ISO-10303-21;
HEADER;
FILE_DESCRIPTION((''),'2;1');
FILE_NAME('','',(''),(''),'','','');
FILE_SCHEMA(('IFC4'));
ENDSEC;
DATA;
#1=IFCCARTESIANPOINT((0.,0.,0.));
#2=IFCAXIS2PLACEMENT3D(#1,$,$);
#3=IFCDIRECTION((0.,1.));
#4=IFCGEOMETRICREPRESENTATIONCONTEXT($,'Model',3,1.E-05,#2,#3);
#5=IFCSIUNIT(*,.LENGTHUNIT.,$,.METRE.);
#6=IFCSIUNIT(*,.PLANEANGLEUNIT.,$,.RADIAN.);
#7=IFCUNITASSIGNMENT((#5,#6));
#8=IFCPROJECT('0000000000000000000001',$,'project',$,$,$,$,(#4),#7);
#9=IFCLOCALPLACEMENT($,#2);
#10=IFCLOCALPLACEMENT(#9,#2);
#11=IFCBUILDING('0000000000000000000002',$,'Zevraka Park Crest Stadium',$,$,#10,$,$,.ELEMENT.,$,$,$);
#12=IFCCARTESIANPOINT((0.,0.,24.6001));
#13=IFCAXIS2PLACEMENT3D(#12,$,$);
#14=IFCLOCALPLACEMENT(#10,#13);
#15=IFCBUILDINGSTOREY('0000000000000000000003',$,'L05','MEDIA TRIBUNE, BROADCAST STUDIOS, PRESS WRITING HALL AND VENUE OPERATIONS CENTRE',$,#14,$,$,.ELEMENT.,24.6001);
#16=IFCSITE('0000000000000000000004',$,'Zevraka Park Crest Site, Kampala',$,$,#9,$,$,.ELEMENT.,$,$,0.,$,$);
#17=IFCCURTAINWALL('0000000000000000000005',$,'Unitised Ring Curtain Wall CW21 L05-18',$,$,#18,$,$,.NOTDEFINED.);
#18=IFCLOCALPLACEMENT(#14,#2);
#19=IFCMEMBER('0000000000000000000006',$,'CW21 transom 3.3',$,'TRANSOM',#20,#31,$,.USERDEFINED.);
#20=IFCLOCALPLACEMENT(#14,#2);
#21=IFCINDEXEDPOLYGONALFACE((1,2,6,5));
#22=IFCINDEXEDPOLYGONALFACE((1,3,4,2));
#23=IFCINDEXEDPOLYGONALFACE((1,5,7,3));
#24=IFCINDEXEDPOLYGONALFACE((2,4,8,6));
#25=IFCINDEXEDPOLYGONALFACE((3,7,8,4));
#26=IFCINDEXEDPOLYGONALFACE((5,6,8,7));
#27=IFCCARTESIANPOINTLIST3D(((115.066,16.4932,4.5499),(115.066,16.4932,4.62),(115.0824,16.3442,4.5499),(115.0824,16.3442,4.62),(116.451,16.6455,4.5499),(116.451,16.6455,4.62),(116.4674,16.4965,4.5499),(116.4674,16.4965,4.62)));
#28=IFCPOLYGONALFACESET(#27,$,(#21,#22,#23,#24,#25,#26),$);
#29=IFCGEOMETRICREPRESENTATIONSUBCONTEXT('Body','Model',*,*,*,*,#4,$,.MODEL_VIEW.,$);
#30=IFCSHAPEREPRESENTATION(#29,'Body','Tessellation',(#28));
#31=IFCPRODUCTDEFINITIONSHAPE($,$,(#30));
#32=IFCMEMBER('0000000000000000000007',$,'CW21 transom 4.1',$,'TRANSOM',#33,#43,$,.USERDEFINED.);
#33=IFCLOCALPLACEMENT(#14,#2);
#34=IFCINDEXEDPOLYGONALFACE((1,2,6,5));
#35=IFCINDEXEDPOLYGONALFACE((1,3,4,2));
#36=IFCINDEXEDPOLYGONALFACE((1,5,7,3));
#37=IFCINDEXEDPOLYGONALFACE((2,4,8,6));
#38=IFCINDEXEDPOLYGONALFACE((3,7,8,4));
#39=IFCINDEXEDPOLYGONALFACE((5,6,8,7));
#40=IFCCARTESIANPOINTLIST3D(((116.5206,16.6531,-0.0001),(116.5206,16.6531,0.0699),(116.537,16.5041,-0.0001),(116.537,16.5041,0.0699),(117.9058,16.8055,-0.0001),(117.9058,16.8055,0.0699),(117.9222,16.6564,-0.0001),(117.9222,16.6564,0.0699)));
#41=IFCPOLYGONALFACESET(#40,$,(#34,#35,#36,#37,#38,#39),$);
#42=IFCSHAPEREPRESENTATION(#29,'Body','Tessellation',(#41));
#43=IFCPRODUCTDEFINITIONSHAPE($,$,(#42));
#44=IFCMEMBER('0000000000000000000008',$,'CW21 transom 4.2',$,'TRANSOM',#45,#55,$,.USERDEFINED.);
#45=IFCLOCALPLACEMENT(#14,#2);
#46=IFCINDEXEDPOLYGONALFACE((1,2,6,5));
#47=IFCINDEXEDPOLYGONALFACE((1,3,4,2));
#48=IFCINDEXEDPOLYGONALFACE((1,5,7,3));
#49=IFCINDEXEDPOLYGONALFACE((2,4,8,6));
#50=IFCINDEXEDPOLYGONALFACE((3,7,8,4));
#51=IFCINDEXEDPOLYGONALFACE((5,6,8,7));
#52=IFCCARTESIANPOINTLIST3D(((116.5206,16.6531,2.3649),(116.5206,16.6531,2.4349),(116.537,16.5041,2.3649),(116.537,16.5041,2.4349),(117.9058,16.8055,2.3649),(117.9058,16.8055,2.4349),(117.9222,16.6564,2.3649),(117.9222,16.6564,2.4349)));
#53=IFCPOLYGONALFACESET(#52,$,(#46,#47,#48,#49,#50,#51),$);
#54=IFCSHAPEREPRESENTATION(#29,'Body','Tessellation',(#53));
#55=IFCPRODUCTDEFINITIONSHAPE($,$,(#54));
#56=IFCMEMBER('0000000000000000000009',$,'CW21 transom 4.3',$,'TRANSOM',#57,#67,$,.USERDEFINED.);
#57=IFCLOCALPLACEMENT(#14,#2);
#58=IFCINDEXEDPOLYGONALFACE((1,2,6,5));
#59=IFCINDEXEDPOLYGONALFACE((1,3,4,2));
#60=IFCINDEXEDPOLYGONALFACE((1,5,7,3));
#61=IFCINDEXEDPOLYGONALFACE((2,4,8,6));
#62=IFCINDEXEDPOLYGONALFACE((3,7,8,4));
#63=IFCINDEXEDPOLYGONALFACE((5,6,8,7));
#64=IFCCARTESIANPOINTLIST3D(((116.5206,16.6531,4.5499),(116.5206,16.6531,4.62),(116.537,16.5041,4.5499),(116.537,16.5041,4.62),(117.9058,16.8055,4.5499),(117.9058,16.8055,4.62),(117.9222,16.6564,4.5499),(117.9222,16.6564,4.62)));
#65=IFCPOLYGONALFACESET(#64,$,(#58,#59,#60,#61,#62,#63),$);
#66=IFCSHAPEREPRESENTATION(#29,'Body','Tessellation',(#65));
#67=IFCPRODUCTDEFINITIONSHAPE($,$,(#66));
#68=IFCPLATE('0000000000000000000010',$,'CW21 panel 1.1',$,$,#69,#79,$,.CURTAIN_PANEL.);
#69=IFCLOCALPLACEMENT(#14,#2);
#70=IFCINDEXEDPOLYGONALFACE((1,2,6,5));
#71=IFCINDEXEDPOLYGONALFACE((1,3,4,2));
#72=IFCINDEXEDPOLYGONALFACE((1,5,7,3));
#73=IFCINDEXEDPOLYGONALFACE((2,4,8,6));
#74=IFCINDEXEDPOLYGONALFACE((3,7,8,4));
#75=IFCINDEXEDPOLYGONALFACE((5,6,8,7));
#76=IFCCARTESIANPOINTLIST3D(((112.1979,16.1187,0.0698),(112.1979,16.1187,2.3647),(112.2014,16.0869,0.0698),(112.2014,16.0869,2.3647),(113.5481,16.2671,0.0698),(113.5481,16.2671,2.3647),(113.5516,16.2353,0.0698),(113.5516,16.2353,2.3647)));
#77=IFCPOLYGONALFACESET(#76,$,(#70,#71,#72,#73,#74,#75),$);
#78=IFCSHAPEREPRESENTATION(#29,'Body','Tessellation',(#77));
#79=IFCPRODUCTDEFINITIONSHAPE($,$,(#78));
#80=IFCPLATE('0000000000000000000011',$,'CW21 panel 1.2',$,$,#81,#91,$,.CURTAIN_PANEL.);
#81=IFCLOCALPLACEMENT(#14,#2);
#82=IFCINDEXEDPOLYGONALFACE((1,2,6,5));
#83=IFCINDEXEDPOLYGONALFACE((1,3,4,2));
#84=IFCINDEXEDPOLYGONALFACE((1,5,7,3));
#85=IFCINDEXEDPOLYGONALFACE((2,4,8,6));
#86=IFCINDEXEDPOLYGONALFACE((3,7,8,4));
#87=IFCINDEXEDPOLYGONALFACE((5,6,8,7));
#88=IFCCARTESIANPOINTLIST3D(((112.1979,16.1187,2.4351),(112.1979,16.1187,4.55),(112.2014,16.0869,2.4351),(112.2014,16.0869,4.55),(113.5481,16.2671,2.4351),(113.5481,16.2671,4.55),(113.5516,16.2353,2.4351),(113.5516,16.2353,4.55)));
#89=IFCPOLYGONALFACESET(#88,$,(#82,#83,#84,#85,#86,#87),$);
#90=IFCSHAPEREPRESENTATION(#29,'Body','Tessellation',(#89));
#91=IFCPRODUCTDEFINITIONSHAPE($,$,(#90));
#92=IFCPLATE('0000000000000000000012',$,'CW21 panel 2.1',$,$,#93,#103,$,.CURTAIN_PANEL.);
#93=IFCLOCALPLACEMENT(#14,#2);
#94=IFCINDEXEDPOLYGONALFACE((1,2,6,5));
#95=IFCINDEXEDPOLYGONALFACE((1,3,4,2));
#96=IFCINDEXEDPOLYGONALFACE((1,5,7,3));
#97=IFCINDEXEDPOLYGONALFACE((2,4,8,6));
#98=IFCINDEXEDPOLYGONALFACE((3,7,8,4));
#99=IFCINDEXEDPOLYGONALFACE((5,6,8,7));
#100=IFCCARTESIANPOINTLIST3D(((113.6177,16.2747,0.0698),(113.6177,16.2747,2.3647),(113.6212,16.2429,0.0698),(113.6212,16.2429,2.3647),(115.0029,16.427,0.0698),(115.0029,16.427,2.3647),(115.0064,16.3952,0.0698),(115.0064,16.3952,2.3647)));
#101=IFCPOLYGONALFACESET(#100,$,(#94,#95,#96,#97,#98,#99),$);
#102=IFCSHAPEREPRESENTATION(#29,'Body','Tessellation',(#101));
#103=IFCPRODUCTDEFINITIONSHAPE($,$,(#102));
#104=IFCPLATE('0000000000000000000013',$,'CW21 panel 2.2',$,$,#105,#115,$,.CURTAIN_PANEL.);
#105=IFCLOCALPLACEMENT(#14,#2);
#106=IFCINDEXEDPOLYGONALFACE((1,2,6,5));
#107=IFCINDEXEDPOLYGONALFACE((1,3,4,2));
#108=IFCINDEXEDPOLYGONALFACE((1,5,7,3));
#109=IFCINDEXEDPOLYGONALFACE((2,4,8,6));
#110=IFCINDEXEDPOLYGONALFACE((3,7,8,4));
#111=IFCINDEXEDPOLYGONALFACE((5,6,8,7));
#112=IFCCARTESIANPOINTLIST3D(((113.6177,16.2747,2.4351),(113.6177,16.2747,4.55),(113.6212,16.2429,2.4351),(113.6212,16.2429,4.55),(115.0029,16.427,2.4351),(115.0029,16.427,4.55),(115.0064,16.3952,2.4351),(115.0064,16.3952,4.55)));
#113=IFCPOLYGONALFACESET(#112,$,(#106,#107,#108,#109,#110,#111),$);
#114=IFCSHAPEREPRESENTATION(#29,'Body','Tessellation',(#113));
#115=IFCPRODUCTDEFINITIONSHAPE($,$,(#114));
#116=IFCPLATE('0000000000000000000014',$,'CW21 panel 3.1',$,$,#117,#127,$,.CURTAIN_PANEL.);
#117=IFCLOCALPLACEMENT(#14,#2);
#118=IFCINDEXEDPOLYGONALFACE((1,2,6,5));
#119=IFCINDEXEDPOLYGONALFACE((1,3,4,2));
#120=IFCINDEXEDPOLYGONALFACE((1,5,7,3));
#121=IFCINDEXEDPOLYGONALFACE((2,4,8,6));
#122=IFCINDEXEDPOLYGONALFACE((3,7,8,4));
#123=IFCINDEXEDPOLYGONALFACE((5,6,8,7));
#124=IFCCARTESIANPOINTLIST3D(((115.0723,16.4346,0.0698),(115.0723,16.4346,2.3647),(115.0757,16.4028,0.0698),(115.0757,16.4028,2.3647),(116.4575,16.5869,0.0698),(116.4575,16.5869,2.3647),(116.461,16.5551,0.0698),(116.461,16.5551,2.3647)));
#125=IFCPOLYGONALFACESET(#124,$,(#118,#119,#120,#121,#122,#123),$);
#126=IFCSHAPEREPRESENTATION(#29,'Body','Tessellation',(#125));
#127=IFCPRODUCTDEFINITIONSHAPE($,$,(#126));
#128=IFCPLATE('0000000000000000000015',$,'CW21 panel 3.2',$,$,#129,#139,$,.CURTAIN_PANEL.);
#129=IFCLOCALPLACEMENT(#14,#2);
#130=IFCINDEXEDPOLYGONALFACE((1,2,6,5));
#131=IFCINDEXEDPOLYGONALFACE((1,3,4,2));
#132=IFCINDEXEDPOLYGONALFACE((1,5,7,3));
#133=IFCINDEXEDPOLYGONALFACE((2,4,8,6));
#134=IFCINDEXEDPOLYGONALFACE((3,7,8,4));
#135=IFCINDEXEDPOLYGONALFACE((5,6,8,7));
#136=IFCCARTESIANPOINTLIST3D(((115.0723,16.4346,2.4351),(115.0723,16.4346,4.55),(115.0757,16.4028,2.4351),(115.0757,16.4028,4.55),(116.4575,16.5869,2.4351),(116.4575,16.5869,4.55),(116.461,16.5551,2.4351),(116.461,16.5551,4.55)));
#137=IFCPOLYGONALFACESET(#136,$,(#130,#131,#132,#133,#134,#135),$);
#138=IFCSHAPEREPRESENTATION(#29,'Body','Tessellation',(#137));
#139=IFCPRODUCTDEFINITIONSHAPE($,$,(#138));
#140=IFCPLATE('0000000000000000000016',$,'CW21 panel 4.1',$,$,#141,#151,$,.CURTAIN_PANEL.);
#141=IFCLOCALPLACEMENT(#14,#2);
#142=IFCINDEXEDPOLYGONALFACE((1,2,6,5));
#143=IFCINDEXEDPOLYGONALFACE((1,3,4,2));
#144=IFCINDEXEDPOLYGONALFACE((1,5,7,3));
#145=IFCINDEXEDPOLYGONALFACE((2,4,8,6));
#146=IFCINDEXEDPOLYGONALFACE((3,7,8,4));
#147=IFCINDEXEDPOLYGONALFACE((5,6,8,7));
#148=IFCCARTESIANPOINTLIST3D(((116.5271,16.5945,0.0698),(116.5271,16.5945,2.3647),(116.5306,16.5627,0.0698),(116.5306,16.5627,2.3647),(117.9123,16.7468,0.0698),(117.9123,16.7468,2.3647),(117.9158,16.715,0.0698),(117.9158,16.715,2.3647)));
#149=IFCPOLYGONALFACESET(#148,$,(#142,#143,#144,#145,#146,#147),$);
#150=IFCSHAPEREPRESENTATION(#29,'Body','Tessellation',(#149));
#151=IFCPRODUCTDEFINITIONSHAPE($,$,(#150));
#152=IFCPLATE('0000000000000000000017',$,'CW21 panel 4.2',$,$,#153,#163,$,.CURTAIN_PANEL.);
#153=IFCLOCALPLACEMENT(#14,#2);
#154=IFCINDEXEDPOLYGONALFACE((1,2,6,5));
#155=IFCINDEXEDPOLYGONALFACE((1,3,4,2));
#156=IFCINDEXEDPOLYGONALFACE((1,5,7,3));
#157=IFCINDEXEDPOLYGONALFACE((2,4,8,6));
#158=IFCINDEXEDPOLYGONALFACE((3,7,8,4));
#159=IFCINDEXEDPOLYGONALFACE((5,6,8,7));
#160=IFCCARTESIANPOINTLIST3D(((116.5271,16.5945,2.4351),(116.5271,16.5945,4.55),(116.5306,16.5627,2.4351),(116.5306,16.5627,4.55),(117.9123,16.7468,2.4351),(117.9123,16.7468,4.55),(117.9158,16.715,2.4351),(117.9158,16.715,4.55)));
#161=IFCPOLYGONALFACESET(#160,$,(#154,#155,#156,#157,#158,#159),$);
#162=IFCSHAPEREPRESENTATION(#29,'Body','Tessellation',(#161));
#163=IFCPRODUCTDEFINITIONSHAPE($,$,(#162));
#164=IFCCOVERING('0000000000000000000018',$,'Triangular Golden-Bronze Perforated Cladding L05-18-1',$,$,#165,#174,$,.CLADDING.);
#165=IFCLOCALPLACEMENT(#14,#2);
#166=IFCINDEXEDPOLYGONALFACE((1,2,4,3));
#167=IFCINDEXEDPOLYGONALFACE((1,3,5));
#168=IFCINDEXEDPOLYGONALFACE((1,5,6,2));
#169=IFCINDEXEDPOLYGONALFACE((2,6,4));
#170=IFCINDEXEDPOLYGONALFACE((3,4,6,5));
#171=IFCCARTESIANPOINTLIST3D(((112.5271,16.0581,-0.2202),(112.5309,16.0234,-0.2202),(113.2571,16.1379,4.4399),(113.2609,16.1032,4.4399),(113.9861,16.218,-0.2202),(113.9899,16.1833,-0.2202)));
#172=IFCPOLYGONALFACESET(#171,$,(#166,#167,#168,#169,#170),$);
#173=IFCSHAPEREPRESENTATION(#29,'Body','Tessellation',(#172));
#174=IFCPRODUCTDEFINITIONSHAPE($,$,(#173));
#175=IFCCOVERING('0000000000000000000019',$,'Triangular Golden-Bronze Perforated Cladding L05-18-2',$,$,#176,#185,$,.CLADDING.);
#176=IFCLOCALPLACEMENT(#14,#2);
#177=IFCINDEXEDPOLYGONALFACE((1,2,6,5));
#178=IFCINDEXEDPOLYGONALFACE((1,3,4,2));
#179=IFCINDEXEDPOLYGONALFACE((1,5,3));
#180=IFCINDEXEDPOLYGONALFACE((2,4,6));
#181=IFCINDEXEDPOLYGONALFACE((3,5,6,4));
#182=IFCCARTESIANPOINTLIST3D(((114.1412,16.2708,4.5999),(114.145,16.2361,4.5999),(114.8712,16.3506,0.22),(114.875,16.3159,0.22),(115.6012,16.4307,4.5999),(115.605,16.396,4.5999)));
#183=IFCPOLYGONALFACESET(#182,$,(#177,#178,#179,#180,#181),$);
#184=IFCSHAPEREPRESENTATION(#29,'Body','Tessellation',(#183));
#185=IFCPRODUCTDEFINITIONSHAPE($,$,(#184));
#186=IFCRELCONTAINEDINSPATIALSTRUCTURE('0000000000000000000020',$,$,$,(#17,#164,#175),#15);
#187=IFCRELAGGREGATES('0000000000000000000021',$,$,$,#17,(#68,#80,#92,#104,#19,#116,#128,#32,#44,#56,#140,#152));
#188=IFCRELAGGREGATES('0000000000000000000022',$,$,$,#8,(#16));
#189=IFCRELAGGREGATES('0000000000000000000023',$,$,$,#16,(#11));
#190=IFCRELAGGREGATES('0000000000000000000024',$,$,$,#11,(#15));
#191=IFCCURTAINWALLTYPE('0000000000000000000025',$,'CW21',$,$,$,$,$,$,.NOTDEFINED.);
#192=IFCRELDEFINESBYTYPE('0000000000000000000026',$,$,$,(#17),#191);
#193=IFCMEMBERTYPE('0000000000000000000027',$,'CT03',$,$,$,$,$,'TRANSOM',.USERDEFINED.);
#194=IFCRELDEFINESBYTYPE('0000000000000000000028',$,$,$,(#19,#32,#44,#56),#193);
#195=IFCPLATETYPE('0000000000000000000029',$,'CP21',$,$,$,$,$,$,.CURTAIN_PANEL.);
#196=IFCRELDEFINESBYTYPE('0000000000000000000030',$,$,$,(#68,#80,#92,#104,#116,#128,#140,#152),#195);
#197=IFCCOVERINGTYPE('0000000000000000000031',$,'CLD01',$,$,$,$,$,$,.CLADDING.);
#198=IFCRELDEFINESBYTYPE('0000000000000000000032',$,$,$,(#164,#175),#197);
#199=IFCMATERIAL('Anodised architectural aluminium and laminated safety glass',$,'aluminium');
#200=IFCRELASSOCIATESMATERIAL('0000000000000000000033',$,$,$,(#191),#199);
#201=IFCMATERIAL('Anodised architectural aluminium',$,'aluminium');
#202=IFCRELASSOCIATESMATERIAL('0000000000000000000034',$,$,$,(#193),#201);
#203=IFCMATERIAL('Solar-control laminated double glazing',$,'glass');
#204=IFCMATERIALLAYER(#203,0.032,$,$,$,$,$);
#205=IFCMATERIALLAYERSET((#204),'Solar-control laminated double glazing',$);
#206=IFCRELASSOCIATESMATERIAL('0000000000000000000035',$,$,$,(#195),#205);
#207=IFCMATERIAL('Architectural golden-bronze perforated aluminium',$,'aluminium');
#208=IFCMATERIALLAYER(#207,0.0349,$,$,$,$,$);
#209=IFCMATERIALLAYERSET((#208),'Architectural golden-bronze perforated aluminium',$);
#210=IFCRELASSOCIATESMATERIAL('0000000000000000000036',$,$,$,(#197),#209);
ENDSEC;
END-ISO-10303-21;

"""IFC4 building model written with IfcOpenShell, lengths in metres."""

from ifc_helpers import new_model, si_unit, direction, frame, origin, origin_2d, place, context, subcontext, project, spatial, polyline, rectangle, outline, extrude, material, layer, layer_set, material_profile, profile_set, type_object, element, aggregate, save


model = new_model("IFC4")

# Units and contexts
model_context = context("Model", 3, precision=1e-05, world=origin(), true_north=direction((0.0, 1.0)))
body_context = subcontext(model_context, "Body", "Model", "MODEL_VIEW")
ifc_project = project(units=[si_unit("LENGTHUNIT", "METRE"), si_unit("PLANEANGLEUNIT", "RADIAN")], contexts=[model_context])

# Site, building, storey
site_placement = place(None, origin())
site = spatial("IfcSite", under=ifc_project, at=site_placement, Name="Zevraka Park Crest Site, Kampala", CompositionType="ELEMENT", RefElevation=0.0)
building_placement = place(site_placement, origin())
building = spatial("IfcBuilding", under=site, at=building_placement, Name="Zevraka Park Crest Stadium", CompositionType="ELEMENT")
storey_placement = place(building_placement, frame((0.0, 0.0, 24.6001)))
storey = spatial("IfcBuildingStorey", under=building, at=storey_placement, Name="L05", Description="MEDIA TRIBUNE, BROADCAST STUDIOS, PRESS WRITING HALL AND VENUE OPERATIONS CENTRE", CompositionType="ELEMENT", Elevation=24.6001)

# Shared definitions
ifc_material_1 = material(Name="Anodised architectural aluminium and laminated safety glass", Category="aluminium")
curtain_wall_type = type_object("IfcCurtainWallType", Name="CW21", PredefinedType="NOTDEFINED", material=ifc_material_1)

# Curtain wall, members, plates
curtain_wall_1_placement = place(storey_placement, origin())
curtain_wall_1 = element("IfcCurtainWall", 1, at=curtain_wall_1_placement, inside=storey, type_object=curtain_wall_type, Name="Unitised Ring Curtain Wall CW21 L05-18", PredefinedType="NOTDEFINED")
ifc_material_2 = material(Name="Anodised architectural aluminium", Category="aluminium")
ifc_material_profile_1 = material_profile(ifc_material_2, rectangle(XDim=0.1499, YDim=0.0701, at=origin_2d()), Name="ALU TRANSOM 150x70")
ifc_profile_set_1 = profile_set([ifc_material_profile_1], Name="Anodised architectural aluminium")
member_type_1 = type_object("IfcMemberType", Name="CT03", ElementType="TRANSOM", PredefinedType="USERDEFINED", material=ifc_profile_set_1)
member_1_placement = place(storey_placement, frame((115.0742, 16.4187, 4.585), z_axis=(0.994005, 0.109335, 0.0), x_axis=(-0.109335, 0.994005, 0.0)))
member_1 = element("IfcMember", 2, at=member_1_placement, type_object=member_type_1, Name="CW21 transom 3.3", ObjectType="TRANSOM", PredefinedType="USERDEFINED", context=body_context, shape_type="SweptSolid", body=[
    extrude(rectangle(XDim=0.1499, YDim=0.0701, at=origin_2d()), origin(), (0.0, 0.0, 1.0), 1.3933),
])
member_2_placement = place(storey_placement, frame((116.5288, 16.5786, 0.0349), z_axis=(0.994007, 0.109316, 0.0), x_axis=(-0.109316, 0.994007, 0.0)))
member_2 = element("IfcMember", 3, at=member_2_placement, type_object=member_type_1, Name="CW21 transom 4.1", ObjectType="TRANSOM", PredefinedType="USERDEFINED", context=body_context, shape_type="SweptSolid", body=[
    extrude(rectangle(XDim=0.1499, YDim=0.0701, at=origin_2d()), origin(), (0.0, 0.0, 1.0), 1.3936),
])
member_3_placement = place(storey_placement, frame((116.5288, 16.5786, 2.3999), z_axis=(0.994007, 0.109316, 0.0), x_axis=(-0.109316, 0.994007, 0.0)))
member_3 = element("IfcMember", 4, at=member_3_placement, type_object=member_type_1, Name="CW21 transom 4.2", ObjectType="TRANSOM", PredefinedType="USERDEFINED", context=body_context, shape_type="SweptSolid", body=[
    extrude(rectangle(XDim=0.1499, YDim=0.0701, at=origin_2d()), origin(), (0.0, 0.0, 1.0), 1.3936),
])
member_4_placement = place(storey_placement, frame((116.5288, 16.5786, 4.585), z_axis=(0.994007, 0.109316, 0.0), x_axis=(-0.109316, 0.994007, 0.0)))
member_4 = element("IfcMember", 5, at=member_4_placement, type_object=member_type_1, Name="CW21 transom 4.3", ObjectType="TRANSOM", PredefinedType="USERDEFINED", context=body_context, shape_type="SweptSolid", body=[
    extrude(rectangle(XDim=0.1499, YDim=0.0701, at=origin_2d()), origin(), (0.0, 0.0, 1.0), 1.3936),
])
ifc_material_3 = material(Name="Solar-control laminated double glazing", Category="glass")
ifc_layer_1 = layer(ifc_material_3, 0.032)
ifc_layer_set_1 = layer_set([ifc_layer_1], Name="Solar-control laminated double glazing")
plate_type = type_object("IfcPlateType", Name="CP21", PredefinedType="CURTAIN_PANEL", material=ifc_layer_set_1)
plate_1_placement = place(storey_placement, frame((112.8748, 16.177, 0.0698), z_axis=(0.0, 0.0, 1.0), x_axis=(0.99401, 0.109288, 0.0)))
plate_1 = element("IfcPlate", 6, at=plate_1_placement, type_object=plate_type, Name="CW21 panel 1.1", PredefinedType="CURTAIN_PANEL", context=body_context, shape_type="SweptSolid", body=[
    extrude(rectangle(XDim=1.3584, YDim=0.032, at=origin_2d()), origin(), (0.0, 0.0, 1.0), 2.2949),
])
plate_2_placement = place(storey_placement, frame((112.8748, 16.177, 2.4351), z_axis=(0.0, 0.0, 1.0), x_axis=(0.99401, 0.109288, 0.0)))
plate_2 = element("IfcPlate", 7, at=plate_2_placement, type_object=plate_type, Name="CW21 panel 1.2", PredefinedType="CURTAIN_PANEL", context=body_context, shape_type="SweptSolid", body=[
    extrude(rectangle(XDim=1.3584, YDim=0.032, at=origin_2d()), origin(), (0.0, 0.0, 1.0), 2.115),
])
plate_3_placement = place(storey_placement, frame((114.312, 16.335, 0.0698), z_axis=(0.0, 0.0, 1.0), x_axis=(0.99401, 0.109288, 0.0)))
plate_3 = element("IfcPlate", 8, at=plate_3_placement, type_object=plate_type, Name="CW21 panel 2.1", PredefinedType="CURTAIN_PANEL", context=body_context, shape_type="SweptSolid", body=[
    extrude(rectangle(XDim=1.3936, YDim=0.032, at=origin_2d()), origin(), (0.0, 0.0, 1.0), 2.2949),
])
plate_4_placement = place(storey_placement, frame((114.312, 16.335, 2.4351), z_axis=(0.0, 0.0, 1.0), x_axis=(0.99401, 0.109288, 0.0)))
plate_4 = element("IfcPlate", 9, at=plate_4_placement, type_object=plate_type, Name="CW21 panel 2.2", PredefinedType="CURTAIN_PANEL", context=body_context, shape_type="SweptSolid", body=[
    extrude(rectangle(XDim=1.3936, YDim=0.032, at=origin_2d()), origin(), (0.0, 0.0, 1.0), 2.115),
])
plate_5_placement = place(storey_placement, frame((115.7666, 16.4949, 0.0698), z_axis=(0.0, 0.0, 1.0), x_axis=(0.99401, 0.109288, 0.0)))
plate_5 = element("IfcPlate", 10, at=plate_5_placement, type_object=plate_type, Name="CW21 panel 3.1", PredefinedType="CURTAIN_PANEL", context=body_context, shape_type="SweptSolid", body=[
    extrude(rectangle(XDim=1.3936, YDim=0.032, at=origin_2d()), origin(), (0.0, 0.0, 1.0), 2.2949),
])
plate_6_placement = place(storey_placement, frame((115.7666, 16.4949, 2.4351), z_axis=(0.0, 0.0, 1.0), x_axis=(0.99401, 0.109288, 0.0)))
plate_6 = element("IfcPlate", 11, at=plate_6_placement, type_object=plate_type, Name="CW21 panel 3.2", PredefinedType="CURTAIN_PANEL", context=body_context, shape_type="SweptSolid", body=[
    extrude(rectangle(XDim=1.3936, YDim=0.032, at=origin_2d()), origin(), (0.0, 0.0, 1.0), 2.115),
])
plate_7_placement = place(storey_placement, frame((117.2214, 16.6548, 0.0698), z_axis=(0.0, 0.0, 1.0), x_axis=(0.99401, 0.109288, 0.0)))
plate_7 = element("IfcPlate", 12, at=plate_7_placement, type_object=plate_type, Name="CW21 panel 4.1", PredefinedType="CURTAIN_PANEL", context=body_context, shape_type="SweptSolid", body=[
    extrude(rectangle(XDim=1.3936, YDim=0.032, at=origin_2d()), origin(), (0.0, 0.0, 1.0), 2.2949),
])
plate_8_placement = place(storey_placement, frame((117.2214, 16.6548, 2.4351), z_axis=(0.0, 0.0, 1.0), x_axis=(0.99401, 0.109288, 0.0)))
plate_8 = element("IfcPlate", 13, at=plate_8_placement, type_object=plate_type, Name="CW21 panel 4.2", PredefinedType="CURTAIN_PANEL", context=body_context, shape_type="SweptSolid", body=[
    extrude(rectangle(XDim=1.3936, YDim=0.032, at=origin_2d()), origin(), (0.0, 0.0, 1.0), 2.115),
])
aggregate(curtain_wall_1, [plate_1, plate_2, plate_3, plate_4, member_1, plate_5, plate_6, member_2, member_3, member_4, plate_7, plate_8])

# Coverings
ifc_material_4 = material(Name="Architectural golden-bronze perforated aluminium", Category="aluminium")
ifc_layer_2 = layer(ifc_material_4, 0.0349)
ifc_layer_set_2 = layer_set([ifc_layer_2], Name="Architectural golden-bronze perforated aluminium")
covering_type = type_object("IfcCoveringType", Name="CLD01", PredefinedType="CLADDING", material=ifc_layer_set_2)
covering_1_placement = place(storey_placement, frame((112.5271, 16.0581, -0.2202), z_axis=(-0.108953, 0.994047, 0.000037), x_axis=(0.994047, 0.108953, 0.0)))
element("IfcCovering", 14, at=covering_1_placement, inside=storey, type_object=covering_type, Name="Triangular Golden-Bronze Perforated Cladding L05-18-1", PredefinedType="CLADDING", context=body_context, shape_type="SweptSolid", body=[
    extrude(outline(polyline([(0.0, 0.0), (1.4677, 0.0), (0.7343, -4.6602), (0.0, 0.0)])), origin(), (0.0, 0.0, -1.0), 0.0349),
])
covering_2_placement = place(storey_placement, frame((115.605, 16.396, 4.5999), z_axis=(0.108881, -0.994055, 0.000028), x_axis=(-0.994055, -0.108881, 0.0)))
element("IfcCovering", 15, at=covering_2_placement, inside=storey, type_object=covering_type, Name="Triangular Golden-Bronze Perforated Cladding L05-18-2", PredefinedType="CLADDING", context=body_context, shape_type="SweptSolid", body=[
    extrude(outline(polyline([(0.0, 0.0), (1.4687, 0.0), (0.7344, 4.3799), (0.0, 0.0)])), origin(), (0.0, 0.0, -1.0), 0.0349),
])

save(model, "model.ifc")
